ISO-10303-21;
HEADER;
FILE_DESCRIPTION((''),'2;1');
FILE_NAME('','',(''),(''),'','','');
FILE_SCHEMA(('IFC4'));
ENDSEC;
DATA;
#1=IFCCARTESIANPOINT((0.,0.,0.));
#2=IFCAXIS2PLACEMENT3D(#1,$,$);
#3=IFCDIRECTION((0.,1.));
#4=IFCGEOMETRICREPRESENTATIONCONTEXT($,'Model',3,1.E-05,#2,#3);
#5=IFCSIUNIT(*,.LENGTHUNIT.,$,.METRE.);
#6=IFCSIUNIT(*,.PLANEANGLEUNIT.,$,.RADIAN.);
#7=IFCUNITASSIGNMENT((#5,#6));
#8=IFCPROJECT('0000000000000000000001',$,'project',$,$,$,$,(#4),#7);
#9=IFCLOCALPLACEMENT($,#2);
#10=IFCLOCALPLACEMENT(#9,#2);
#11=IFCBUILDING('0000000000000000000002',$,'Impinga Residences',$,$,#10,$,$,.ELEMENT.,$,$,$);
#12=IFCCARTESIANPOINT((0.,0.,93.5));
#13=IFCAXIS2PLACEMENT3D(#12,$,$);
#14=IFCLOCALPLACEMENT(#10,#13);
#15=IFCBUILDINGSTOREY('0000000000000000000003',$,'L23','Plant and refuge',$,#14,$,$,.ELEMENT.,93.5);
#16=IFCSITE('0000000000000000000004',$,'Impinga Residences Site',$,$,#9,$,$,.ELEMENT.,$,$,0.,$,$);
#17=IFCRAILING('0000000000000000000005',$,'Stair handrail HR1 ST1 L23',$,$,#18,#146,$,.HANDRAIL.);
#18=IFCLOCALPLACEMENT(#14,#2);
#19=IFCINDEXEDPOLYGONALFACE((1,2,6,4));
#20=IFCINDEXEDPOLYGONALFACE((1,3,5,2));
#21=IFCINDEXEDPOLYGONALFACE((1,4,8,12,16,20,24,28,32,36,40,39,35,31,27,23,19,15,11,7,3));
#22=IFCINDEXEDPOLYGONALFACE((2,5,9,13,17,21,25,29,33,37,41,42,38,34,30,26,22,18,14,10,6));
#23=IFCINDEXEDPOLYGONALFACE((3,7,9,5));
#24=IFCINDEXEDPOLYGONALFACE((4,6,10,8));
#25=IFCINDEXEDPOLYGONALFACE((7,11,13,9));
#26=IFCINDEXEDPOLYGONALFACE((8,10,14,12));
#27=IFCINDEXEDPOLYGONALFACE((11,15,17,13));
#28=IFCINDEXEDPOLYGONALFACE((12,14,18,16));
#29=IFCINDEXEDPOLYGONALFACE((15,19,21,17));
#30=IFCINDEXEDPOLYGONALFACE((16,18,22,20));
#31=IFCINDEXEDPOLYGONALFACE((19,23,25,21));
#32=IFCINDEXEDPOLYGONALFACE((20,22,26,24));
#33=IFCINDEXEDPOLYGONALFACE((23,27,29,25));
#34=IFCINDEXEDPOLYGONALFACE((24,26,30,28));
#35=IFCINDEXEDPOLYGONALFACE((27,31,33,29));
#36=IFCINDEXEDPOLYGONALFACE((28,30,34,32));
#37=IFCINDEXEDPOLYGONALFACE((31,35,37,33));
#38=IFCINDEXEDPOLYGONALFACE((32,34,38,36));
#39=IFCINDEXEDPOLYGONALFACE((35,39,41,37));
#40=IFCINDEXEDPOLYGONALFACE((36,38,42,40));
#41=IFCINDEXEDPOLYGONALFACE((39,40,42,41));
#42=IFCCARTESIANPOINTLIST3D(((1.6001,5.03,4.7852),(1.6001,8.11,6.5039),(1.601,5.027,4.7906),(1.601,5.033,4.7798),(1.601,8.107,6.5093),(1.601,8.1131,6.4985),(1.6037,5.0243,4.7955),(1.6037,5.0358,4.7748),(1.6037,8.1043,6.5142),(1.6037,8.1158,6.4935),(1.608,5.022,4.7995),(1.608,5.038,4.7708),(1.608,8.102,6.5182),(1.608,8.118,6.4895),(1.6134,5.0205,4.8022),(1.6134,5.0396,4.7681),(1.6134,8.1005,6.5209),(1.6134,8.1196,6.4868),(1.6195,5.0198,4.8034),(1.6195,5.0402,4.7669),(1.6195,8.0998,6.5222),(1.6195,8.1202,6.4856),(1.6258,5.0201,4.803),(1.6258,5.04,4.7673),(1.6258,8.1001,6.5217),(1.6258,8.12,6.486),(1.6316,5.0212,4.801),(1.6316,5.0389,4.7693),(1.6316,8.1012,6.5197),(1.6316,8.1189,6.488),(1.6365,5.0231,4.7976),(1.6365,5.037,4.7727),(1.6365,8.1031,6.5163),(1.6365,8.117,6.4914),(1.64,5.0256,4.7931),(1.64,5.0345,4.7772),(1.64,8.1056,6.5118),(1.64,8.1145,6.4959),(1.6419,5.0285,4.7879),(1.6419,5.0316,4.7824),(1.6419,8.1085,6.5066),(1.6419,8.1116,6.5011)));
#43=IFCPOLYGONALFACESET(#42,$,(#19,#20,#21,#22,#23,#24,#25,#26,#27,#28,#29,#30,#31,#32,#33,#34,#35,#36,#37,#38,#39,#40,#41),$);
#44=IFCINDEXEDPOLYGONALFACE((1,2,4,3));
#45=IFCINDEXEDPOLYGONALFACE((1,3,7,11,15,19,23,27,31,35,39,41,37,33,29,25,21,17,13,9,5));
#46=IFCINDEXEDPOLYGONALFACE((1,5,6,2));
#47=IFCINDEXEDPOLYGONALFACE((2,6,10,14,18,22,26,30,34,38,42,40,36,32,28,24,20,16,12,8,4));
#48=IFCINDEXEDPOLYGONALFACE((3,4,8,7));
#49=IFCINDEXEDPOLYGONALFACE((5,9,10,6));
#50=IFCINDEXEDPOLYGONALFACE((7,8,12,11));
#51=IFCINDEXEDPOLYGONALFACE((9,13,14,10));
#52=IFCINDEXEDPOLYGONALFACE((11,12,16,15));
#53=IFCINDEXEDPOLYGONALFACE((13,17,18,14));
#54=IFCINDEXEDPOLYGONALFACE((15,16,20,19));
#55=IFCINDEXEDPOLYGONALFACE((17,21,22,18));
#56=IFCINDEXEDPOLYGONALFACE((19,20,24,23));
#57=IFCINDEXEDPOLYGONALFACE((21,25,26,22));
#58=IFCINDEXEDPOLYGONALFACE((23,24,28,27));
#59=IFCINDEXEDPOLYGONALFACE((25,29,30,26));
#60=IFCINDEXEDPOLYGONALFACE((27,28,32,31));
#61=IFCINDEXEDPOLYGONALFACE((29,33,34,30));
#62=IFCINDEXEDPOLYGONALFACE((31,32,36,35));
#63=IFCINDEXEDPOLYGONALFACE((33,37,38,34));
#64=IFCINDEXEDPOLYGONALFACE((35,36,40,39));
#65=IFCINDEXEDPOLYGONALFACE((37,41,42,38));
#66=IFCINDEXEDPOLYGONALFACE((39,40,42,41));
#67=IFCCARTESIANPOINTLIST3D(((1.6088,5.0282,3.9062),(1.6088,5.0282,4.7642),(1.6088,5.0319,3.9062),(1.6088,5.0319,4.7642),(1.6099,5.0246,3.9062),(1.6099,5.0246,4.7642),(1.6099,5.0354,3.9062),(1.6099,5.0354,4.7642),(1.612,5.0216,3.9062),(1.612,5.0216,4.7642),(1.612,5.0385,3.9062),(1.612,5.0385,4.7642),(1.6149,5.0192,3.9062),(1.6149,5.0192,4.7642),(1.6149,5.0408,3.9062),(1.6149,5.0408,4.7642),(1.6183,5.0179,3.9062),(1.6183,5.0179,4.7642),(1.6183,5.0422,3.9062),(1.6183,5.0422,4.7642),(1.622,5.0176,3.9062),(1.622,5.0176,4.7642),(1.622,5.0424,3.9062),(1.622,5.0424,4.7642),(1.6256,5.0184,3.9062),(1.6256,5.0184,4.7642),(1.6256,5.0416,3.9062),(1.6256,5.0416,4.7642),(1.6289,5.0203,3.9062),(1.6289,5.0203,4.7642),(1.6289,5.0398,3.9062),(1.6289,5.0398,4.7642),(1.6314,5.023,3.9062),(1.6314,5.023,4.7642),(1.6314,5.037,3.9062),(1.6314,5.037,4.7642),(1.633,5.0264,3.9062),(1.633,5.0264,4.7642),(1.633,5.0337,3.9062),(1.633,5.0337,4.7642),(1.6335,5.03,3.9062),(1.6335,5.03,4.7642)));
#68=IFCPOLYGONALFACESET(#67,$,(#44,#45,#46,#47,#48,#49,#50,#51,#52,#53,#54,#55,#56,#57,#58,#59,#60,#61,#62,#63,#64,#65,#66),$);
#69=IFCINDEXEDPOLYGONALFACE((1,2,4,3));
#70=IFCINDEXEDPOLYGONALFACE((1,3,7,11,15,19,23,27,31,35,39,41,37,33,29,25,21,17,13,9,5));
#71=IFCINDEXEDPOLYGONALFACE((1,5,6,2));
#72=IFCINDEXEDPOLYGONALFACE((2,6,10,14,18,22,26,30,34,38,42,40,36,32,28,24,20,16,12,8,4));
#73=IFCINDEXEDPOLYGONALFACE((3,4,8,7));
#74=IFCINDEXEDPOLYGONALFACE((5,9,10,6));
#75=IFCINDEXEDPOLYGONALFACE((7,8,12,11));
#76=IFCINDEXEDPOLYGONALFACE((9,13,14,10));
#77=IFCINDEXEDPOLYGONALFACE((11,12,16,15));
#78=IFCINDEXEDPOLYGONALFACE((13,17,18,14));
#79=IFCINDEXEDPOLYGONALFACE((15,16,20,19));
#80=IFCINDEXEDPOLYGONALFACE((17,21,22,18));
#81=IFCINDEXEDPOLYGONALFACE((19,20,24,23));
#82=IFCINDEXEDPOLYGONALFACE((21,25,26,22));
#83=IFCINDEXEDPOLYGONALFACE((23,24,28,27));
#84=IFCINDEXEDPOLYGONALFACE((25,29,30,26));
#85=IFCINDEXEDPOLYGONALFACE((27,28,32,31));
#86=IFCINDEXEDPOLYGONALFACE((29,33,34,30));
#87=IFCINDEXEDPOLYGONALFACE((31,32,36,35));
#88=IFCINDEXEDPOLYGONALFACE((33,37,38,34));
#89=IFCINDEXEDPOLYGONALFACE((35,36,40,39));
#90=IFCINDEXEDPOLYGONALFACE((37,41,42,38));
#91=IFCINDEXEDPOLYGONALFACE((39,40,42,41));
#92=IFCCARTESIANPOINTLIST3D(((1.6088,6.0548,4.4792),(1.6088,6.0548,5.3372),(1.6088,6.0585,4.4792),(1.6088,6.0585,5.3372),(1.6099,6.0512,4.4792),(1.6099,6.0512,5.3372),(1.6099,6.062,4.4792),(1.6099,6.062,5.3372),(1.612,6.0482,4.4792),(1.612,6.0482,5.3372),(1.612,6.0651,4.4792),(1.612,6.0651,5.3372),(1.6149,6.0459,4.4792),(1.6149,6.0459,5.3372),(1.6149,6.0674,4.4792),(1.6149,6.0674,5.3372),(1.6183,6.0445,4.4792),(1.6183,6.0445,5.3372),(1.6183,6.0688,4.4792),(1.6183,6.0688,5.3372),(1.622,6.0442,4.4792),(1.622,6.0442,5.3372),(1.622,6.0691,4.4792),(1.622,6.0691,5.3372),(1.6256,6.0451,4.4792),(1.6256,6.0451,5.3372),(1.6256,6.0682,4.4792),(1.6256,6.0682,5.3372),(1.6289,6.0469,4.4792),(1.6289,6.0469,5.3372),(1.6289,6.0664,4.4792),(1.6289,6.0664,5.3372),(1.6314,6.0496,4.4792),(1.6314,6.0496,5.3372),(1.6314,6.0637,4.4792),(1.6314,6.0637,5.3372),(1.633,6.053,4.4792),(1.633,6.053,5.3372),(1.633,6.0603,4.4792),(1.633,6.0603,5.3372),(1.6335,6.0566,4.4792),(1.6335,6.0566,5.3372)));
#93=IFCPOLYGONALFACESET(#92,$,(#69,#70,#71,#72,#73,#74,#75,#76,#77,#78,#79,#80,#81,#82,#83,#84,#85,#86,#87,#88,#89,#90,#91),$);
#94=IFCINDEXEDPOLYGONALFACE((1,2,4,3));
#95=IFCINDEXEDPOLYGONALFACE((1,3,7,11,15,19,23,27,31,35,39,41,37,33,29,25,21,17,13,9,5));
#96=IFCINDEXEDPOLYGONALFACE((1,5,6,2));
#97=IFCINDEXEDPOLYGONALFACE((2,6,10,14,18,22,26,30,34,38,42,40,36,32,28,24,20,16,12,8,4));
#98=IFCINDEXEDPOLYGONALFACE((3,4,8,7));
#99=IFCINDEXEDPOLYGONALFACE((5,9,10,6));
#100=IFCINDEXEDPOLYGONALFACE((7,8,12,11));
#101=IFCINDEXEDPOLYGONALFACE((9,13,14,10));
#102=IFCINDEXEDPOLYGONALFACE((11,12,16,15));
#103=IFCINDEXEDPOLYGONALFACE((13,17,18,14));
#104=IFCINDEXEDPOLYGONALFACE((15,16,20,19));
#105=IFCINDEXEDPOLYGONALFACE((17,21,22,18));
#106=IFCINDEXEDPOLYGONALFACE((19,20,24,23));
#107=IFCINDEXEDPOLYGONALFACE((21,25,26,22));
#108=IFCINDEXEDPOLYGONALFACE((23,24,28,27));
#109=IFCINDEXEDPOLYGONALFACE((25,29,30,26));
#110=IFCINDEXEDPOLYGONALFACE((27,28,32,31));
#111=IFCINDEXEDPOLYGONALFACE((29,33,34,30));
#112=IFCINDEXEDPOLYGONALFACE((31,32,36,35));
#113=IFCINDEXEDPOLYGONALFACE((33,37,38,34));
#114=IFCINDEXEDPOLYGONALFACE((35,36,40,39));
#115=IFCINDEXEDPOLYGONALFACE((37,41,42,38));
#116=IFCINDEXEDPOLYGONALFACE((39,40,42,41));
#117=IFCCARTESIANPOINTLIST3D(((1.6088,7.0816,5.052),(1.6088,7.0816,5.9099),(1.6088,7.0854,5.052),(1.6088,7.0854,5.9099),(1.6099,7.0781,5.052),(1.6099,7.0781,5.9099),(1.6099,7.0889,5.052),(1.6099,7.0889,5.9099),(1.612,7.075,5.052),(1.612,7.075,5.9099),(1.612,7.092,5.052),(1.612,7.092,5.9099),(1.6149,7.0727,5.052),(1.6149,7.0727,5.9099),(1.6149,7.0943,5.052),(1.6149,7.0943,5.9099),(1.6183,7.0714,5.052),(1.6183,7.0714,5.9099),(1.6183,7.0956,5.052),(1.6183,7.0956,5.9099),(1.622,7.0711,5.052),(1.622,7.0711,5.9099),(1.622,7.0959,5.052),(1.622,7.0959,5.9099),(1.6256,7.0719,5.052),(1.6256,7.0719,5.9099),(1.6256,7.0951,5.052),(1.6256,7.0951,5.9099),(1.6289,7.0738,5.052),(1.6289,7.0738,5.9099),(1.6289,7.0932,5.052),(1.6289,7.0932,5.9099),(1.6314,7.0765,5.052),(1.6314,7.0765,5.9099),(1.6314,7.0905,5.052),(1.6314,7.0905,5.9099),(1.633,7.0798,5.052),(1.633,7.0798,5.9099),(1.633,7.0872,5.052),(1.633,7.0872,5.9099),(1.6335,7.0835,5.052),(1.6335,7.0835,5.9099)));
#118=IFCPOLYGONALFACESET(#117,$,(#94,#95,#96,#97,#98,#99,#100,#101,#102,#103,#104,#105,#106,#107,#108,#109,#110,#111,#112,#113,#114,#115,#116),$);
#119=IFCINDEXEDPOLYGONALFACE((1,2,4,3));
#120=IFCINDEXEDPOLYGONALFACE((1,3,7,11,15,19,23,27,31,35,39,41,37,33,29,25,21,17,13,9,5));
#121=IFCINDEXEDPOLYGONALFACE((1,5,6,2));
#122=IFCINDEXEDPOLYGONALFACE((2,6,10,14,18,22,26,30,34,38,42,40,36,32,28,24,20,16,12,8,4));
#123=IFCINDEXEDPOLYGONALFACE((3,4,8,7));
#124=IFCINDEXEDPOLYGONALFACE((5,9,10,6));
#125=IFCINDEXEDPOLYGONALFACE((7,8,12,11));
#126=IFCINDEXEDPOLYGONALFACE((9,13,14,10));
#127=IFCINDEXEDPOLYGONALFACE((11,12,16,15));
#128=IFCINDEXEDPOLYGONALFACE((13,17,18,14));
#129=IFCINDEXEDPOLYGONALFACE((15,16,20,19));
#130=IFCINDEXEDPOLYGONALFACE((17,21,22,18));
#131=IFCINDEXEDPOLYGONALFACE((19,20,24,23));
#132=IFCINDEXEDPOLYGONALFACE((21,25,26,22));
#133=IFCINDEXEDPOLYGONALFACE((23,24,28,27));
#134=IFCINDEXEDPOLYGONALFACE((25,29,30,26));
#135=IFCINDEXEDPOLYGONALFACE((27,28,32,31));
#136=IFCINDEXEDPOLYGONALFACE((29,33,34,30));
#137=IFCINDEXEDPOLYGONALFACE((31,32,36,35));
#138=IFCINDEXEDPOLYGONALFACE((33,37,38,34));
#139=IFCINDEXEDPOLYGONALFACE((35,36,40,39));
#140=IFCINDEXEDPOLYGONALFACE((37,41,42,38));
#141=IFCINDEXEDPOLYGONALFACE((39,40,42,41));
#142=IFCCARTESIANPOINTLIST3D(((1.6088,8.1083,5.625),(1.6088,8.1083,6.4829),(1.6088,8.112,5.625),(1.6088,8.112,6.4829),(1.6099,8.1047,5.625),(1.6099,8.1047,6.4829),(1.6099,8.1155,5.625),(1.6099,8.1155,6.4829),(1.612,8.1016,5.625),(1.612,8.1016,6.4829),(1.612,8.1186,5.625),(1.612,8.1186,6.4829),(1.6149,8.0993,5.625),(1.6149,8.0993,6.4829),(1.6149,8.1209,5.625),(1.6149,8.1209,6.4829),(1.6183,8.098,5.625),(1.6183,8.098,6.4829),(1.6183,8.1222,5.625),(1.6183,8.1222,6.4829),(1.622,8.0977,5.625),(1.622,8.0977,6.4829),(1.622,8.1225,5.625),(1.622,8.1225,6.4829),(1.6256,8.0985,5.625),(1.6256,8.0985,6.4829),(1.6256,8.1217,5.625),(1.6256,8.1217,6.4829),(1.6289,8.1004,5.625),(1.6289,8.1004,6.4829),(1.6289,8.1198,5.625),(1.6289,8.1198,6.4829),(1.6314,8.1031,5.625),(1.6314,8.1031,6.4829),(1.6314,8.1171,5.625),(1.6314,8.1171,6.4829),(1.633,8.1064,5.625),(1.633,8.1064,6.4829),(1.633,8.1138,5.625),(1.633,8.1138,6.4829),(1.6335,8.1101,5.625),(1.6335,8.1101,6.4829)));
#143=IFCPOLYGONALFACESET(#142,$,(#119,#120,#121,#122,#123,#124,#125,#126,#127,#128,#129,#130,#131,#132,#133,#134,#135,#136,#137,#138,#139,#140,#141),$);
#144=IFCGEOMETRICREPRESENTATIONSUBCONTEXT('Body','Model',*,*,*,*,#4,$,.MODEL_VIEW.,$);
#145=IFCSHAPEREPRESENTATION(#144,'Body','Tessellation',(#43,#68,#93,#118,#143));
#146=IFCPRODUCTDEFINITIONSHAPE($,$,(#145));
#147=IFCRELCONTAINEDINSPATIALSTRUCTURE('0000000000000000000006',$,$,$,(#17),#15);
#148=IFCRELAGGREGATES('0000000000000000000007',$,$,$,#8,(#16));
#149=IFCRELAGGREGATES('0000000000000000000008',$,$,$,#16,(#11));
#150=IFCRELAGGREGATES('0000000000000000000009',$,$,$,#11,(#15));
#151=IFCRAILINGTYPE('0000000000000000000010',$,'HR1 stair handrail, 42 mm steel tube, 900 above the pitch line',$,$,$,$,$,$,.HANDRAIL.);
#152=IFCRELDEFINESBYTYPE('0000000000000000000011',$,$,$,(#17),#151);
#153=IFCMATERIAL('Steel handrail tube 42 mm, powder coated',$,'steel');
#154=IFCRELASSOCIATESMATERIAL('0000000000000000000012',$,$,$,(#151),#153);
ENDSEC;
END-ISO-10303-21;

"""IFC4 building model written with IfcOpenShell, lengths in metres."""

from ifc_helpers import new_model, si_unit, direction, frame, origin, origin_2d, place, context, subcontext, project, spatial, circle, extrude, material, type_object, element, save


model = new_model("IFC4")

# Units and contexts
model_context = context("Model", 3, precision=1e-05, world=origin(), true_north=direction((0.0, 1.0)))
body_context = subcontext(model_context, "Body", "Model", "MODEL_VIEW")
ifc_project = project(units=[si_unit("LENGTHUNIT", "METRE"), si_unit("PLANEANGLEUNIT", "RADIAN")], contexts=[model_context])

# Site, building, storey
site_placement = place(None, origin())
site = spatial("IfcSite", under=ifc_project, at=site_placement, Name="Impinga Residences Site", CompositionType="ELEMENT", RefElevation=0.0)
building_placement = place(site_placement, origin())
building = spatial("IfcBuilding", under=site, at=building_placement, Name="Impinga Residences", CompositionType="ELEMENT")
storey_placement = place(building_placement, frame((0.0, 0.0, 93.5)))
storey = spatial("IfcBuildingStorey", under=building, at=storey_placement, Name="L23", Description="Plant and refuge", CompositionType="ELEMENT", Elevation=93.5)

# Railing
ifc_material_1 = material(Name="Steel handrail tube 42 mm, powder coated", Category="steel")
railing_type = type_object("IfcRailingType", Name="HR1 stair handrail, 42 mm steel tube, 900 above the pitch line", PredefinedType="HANDRAIL", material=ifc_material_1)
for number, where, name in (
    (1, (1.6211, 5.03, 3.9062), "Stair handrail HR1 ST1 L23"),
):
    element("IfcRailing", number, at=place(storey_placement, frame(where)), inside=storey, type_object=railing_type, Name=name, PredefinedType="HANDRAIL", context=body_context, shape_type="SweptSolid", body=[
        extrude(circle(Radius=0.021, at=origin_2d()), frame((0.0, 0.0, 0.8789), z_axis=(0.0, 0.873242, 0.487288), x_axis=(-1.0, 0.0, 0.0)), (0.0, 0.0, 1.0), 3.5271),
        extrude(circle(Radius=0.0125, at=origin_2d()), origin(), (0.0, 0.0, 1.0), 0.8579),
        extrude(circle(Radius=0.0125, at=origin_2d()), frame((0.0, 1.0266, 0.573)), (0.0, 0.0, 1.0), 0.8579),
        extrude(circle(Radius=0.0125, at=origin_2d()), frame((0.0, 2.0535, 1.1458)), (0.0, 0.0, 1.0), 0.8579),
        extrude(circle(Radius=0.0125, at=origin_2d()), frame((0.0, 3.0801, 1.7188)), (0.0, 0.0, 1.0), 0.8579),
    ])

save(model, "model.ifc")
